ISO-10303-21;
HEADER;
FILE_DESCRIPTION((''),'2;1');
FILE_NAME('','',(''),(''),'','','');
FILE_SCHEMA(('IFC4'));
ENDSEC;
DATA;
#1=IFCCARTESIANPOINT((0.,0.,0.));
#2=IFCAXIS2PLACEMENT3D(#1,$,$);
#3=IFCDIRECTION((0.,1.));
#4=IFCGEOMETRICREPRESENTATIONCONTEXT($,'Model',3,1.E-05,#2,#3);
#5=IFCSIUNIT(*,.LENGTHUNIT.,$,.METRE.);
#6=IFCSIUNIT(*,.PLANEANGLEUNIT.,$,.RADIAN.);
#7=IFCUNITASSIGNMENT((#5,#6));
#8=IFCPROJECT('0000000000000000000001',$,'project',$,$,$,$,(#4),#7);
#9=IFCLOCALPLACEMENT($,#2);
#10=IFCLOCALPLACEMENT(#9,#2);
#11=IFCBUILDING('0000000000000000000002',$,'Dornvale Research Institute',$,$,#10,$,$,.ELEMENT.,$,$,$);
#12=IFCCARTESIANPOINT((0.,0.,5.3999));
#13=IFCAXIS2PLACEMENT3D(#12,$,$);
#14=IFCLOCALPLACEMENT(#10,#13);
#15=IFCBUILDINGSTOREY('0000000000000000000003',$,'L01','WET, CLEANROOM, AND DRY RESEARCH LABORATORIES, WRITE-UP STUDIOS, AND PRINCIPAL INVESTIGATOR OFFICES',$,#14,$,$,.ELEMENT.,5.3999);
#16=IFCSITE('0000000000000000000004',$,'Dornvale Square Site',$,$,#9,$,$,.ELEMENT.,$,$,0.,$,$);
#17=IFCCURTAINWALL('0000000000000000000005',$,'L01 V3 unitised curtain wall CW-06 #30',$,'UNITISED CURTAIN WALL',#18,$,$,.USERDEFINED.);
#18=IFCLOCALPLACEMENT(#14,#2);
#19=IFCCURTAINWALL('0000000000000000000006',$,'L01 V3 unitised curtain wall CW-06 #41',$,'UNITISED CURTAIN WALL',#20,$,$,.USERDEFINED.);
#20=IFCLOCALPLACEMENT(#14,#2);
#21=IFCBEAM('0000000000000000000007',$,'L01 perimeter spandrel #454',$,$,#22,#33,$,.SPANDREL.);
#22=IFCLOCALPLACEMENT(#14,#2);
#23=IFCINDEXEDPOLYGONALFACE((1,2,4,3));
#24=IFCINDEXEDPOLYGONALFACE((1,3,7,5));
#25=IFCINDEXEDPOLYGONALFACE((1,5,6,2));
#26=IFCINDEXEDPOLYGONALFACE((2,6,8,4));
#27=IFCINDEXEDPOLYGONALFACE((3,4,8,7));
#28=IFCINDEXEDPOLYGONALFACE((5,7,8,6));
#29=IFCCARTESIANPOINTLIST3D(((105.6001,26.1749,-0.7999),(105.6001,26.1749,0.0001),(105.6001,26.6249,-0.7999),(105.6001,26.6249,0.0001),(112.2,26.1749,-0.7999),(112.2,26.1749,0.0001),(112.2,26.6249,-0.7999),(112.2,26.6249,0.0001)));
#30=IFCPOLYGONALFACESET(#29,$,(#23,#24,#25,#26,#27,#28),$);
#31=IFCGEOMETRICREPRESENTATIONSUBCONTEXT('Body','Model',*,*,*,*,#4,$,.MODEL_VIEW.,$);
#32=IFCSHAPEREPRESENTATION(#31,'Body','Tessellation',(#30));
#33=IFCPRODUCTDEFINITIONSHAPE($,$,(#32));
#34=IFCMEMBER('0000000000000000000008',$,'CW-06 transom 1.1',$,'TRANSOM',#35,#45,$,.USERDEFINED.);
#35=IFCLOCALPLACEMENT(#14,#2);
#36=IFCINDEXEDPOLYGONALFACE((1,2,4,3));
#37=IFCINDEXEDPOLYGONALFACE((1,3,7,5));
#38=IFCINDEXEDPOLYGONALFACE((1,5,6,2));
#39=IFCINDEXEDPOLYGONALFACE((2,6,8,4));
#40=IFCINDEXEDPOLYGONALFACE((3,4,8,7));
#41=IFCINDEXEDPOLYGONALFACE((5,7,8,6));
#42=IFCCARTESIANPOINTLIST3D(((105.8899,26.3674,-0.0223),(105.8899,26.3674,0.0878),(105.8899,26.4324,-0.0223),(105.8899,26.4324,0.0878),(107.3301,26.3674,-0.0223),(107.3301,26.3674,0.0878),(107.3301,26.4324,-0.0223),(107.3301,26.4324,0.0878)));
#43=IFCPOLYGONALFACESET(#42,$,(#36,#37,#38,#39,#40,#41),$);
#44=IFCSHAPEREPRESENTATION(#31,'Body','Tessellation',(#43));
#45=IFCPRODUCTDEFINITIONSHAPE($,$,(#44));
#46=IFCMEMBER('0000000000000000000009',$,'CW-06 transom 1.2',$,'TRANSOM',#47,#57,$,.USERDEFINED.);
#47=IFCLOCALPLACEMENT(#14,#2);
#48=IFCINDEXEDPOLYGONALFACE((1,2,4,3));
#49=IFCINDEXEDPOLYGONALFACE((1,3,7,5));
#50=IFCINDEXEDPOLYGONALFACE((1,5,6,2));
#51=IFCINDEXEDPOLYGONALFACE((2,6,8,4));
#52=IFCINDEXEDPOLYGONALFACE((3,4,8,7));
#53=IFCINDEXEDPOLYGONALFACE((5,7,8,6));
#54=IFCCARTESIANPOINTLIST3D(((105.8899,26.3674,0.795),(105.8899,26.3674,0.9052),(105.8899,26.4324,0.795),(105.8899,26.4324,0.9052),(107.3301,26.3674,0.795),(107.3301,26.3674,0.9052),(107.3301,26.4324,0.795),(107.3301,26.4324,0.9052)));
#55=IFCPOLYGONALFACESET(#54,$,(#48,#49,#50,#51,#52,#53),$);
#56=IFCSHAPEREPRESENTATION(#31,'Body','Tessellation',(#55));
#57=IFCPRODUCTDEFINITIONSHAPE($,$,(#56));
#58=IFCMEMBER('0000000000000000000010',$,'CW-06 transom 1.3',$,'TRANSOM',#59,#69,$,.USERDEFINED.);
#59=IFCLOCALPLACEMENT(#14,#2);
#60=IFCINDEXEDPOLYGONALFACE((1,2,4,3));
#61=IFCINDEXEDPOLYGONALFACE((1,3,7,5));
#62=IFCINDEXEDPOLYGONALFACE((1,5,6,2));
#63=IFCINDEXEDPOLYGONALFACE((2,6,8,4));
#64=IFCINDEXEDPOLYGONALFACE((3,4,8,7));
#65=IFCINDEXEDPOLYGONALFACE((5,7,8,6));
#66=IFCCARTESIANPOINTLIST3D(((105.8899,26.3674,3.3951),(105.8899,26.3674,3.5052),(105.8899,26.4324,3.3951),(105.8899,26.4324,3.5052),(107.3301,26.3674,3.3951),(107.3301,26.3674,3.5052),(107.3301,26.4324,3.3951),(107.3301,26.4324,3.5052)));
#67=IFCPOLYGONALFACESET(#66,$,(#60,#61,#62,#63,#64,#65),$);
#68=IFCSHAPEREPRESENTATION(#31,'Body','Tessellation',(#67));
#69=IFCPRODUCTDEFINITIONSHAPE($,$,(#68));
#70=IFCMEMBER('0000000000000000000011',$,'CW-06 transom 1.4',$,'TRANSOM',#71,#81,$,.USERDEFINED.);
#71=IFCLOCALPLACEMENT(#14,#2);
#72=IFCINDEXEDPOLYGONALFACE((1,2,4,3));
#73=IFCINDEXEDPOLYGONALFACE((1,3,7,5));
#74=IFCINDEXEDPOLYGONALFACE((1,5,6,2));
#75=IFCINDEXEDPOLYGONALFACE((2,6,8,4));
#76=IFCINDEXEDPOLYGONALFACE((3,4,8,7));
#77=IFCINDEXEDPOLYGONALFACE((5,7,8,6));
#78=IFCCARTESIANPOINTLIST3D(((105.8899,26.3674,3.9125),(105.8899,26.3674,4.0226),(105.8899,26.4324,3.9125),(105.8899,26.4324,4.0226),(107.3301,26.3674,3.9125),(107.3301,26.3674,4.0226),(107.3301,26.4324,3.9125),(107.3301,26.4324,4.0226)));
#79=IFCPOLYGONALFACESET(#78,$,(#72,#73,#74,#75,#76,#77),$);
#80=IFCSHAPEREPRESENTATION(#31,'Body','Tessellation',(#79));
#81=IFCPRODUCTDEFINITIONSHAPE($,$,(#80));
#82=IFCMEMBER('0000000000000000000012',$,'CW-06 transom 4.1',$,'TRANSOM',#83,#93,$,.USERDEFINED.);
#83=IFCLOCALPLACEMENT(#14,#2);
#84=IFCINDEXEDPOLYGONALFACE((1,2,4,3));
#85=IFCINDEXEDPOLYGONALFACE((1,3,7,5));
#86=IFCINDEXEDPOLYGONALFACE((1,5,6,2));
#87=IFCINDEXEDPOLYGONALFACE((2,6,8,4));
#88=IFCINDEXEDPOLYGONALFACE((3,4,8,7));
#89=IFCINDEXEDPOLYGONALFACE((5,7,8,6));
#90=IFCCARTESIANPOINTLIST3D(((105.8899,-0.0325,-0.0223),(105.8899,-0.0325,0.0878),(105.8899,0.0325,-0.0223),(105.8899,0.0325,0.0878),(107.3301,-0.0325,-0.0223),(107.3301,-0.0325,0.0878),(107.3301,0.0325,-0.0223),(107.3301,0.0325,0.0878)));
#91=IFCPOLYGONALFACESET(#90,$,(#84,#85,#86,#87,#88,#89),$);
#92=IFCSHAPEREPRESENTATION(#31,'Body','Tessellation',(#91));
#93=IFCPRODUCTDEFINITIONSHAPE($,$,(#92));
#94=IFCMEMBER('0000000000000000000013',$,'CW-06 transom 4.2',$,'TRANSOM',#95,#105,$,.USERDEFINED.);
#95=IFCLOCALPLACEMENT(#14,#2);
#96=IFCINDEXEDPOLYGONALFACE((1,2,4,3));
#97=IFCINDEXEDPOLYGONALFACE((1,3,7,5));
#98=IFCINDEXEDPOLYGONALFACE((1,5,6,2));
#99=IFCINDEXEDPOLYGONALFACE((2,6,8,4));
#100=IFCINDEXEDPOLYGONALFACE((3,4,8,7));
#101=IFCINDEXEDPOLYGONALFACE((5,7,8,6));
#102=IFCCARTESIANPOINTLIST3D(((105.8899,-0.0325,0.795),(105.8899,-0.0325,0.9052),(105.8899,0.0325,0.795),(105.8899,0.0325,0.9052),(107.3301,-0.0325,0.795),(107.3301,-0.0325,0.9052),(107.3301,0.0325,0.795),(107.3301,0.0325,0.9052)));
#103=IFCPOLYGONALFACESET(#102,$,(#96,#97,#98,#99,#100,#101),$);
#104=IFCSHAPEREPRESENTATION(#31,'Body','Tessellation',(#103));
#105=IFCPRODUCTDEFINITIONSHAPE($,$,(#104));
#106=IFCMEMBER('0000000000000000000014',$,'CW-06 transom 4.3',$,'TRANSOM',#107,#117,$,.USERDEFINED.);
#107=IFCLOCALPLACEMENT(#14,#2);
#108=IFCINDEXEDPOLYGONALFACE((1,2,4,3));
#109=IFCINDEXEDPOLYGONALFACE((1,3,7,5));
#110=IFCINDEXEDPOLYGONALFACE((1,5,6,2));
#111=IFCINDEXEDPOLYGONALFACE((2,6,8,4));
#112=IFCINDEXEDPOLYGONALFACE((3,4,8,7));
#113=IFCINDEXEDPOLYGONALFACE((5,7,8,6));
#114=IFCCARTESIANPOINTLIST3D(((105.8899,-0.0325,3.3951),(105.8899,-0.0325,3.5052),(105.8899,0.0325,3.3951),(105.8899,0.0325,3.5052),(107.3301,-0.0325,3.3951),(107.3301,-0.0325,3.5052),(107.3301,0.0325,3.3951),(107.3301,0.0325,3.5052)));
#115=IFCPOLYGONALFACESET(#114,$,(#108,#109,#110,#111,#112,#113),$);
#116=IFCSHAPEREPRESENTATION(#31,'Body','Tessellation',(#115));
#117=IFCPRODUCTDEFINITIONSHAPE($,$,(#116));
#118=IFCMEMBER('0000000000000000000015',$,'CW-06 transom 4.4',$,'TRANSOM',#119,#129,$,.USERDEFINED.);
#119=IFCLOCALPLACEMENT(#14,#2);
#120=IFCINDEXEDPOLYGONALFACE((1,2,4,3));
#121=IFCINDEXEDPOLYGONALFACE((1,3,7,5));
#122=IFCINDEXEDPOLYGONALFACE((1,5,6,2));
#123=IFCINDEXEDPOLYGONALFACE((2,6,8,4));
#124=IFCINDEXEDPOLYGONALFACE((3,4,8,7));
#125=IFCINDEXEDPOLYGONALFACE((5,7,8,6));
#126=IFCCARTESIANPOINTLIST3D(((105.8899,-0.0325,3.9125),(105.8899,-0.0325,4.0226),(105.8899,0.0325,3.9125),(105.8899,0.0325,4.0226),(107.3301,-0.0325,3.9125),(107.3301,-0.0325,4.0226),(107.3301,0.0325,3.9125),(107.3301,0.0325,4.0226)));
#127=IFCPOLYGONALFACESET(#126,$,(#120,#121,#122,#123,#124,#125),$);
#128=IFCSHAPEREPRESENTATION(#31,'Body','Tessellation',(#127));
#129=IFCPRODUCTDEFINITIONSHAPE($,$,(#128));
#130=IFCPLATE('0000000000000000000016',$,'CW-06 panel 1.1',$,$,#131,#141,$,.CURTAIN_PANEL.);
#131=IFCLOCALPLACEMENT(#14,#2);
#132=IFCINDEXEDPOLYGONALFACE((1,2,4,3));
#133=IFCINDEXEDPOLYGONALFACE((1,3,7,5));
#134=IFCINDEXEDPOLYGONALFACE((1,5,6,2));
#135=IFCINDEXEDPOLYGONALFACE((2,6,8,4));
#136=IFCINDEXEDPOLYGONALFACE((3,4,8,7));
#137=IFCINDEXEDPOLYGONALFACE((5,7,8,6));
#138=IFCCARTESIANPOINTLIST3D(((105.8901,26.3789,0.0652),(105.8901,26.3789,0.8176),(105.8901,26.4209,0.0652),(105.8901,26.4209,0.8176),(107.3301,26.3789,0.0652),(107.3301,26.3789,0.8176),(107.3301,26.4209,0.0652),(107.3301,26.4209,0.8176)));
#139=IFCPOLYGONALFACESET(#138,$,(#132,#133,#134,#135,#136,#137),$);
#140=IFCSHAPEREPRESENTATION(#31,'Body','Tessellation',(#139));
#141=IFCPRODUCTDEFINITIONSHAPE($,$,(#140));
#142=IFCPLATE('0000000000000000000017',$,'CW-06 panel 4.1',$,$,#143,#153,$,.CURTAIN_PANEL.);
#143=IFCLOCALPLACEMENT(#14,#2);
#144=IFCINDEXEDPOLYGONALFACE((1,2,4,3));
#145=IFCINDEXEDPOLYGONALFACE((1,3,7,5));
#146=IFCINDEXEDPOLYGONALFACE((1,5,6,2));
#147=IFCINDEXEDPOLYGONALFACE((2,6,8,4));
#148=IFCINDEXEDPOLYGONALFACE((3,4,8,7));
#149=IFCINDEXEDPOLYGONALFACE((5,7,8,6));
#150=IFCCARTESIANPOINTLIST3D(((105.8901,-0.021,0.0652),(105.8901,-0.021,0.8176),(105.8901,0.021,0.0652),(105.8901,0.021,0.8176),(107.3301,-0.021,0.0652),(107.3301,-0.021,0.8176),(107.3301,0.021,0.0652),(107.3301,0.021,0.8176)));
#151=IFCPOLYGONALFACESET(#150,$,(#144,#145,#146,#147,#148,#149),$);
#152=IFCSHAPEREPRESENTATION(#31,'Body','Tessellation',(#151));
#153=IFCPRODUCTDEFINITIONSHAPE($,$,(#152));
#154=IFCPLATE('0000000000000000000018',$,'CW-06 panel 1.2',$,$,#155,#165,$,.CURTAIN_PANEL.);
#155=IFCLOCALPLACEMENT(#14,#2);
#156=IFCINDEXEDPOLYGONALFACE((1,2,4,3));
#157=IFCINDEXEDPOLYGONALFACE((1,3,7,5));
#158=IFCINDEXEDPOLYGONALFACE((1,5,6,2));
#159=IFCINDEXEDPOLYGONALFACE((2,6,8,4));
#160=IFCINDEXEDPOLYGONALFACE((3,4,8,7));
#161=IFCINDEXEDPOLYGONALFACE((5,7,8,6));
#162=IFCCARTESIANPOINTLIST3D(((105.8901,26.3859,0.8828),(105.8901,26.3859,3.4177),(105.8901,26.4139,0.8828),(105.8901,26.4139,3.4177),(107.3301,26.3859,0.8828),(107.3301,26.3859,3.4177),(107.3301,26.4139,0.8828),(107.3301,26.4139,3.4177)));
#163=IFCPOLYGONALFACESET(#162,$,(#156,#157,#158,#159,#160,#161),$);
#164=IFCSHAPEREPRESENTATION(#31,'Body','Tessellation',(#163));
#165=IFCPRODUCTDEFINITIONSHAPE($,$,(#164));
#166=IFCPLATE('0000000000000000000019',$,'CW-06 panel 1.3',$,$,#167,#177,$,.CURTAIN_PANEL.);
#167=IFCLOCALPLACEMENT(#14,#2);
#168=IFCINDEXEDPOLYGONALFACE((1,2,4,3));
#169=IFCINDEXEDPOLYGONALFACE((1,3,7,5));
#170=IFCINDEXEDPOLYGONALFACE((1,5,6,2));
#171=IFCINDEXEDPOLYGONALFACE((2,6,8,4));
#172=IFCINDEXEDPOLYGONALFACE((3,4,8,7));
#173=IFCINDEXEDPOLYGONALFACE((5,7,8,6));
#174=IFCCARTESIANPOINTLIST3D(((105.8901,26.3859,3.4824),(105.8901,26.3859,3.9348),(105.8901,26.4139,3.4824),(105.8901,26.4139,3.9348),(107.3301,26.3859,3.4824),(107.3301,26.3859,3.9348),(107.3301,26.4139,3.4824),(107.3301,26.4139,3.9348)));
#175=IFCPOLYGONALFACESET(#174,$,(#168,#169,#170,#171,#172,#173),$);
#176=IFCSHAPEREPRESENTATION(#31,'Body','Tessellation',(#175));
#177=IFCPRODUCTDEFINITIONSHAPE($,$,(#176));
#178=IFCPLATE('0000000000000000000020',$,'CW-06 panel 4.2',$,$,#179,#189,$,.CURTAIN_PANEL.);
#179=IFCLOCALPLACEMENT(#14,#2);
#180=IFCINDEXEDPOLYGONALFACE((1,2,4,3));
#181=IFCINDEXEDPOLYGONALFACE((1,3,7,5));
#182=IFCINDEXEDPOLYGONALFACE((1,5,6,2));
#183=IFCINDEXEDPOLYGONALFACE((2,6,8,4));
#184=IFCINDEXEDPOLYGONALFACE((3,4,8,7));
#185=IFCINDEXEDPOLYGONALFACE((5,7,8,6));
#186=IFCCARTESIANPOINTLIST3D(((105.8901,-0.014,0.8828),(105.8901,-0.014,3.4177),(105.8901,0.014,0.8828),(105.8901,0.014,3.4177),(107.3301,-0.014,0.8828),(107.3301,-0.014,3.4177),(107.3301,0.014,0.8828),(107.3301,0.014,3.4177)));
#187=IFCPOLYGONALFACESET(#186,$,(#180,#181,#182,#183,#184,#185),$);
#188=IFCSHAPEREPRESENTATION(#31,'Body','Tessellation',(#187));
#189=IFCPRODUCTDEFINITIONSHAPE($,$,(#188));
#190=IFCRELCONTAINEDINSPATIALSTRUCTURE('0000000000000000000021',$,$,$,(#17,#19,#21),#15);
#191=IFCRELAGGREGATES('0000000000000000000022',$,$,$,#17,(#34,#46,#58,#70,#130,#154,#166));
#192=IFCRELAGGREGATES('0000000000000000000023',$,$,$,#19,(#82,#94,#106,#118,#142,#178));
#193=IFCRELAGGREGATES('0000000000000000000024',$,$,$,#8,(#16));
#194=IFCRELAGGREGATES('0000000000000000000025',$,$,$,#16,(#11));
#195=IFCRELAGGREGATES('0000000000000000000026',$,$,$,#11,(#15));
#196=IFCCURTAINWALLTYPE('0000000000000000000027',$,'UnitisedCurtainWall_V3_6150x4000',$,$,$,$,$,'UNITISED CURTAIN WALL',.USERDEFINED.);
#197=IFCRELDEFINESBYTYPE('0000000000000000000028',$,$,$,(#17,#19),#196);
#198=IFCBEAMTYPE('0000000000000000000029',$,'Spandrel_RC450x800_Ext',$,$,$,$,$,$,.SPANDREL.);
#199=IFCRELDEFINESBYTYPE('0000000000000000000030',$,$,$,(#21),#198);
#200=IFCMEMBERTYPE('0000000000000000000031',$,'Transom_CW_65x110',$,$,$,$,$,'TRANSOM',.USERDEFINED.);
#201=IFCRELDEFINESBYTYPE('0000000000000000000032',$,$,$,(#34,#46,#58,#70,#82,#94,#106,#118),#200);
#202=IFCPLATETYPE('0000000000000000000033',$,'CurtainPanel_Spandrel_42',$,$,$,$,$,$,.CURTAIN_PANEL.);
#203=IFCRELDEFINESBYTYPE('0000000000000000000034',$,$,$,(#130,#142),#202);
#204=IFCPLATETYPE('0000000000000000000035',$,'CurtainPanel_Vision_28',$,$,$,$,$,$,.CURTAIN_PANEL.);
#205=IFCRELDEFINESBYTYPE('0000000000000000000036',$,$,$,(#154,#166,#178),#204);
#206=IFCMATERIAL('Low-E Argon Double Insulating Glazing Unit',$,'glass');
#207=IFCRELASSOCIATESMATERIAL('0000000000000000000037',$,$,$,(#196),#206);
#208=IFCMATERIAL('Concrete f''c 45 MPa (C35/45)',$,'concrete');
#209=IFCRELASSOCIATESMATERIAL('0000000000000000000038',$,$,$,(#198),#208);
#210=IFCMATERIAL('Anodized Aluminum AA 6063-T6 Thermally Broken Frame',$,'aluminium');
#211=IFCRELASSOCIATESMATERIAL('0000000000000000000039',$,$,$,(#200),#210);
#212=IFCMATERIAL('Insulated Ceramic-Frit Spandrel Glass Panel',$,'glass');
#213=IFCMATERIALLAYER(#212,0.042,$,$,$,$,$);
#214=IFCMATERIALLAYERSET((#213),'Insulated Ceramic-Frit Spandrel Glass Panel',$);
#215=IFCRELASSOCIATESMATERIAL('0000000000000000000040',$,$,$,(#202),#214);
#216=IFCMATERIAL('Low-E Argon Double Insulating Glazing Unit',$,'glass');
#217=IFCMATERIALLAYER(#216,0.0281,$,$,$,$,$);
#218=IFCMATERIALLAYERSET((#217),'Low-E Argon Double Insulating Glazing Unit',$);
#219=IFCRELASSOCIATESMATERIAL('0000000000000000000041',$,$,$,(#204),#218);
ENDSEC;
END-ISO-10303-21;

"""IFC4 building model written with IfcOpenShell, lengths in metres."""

from ifc_helpers import new_model, si_unit, direction, frame, origin, origin_2d, place, context, subcontext, project, spatial, rectangle, extrude, material, layer, layer_set, material_profile, profile_set, type_object, element, aggregate, save


model = new_model("IFC4")

# Units and contexts
model_context = context("Model", 3, precision=1e-05, world=origin(), true_north=direction((0.0, 1.0)))
body_context = subcontext(model_context, "Body", "Model", "MODEL_VIEW")
ifc_project = project(units=[si_unit("LENGTHUNIT", "METRE"), si_unit("PLANEANGLEUNIT", "RADIAN")], contexts=[model_context])

# Site, building, storey
site_placement = place(None, origin())
site = spatial("IfcSite", under=ifc_project, at=site_placement, Name="Dornvale Square Site", CompositionType="ELEMENT", RefElevation=0.0)
building_placement = place(site_placement, origin())
building = spatial("IfcBuilding", under=site, at=building_placement, Name="Dornvale Research Institute", CompositionType="ELEMENT")
storey_placement = place(building_placement, frame((0.0, 0.0, 5.3999)))
storey = spatial("IfcBuildingStorey", under=building, at=storey_placement, Name="L01", Description="WET, CLEANROOM, AND DRY RESEARCH LABORATORIES, WRITE-UP STUDIOS, AND PRINCIPAL INVESTIGATOR OFFICES", CompositionType="ELEMENT", Elevation=5.3999)

# Curtain walls
ifc_material_1 = material(Name="Low-E Argon Double Insulating Glazing Unit", Category="glass")
curtain_wall_type = type_object("IfcCurtainWallType", Name="UnitisedCurtainWall_V3_6150x4000", ElementType="UNITISED CURTAIN WALL", PredefinedType="USERDEFINED", material=ifc_material_1)
curtain_wall_1_placement = place(storey_placement, origin())
curtain_wall_1 = element("IfcCurtainWall", 1, at=curtain_wall_1_placement, inside=storey, type_object=curtain_wall_type, Name="L01 V3 unitised curtain wall CW-06 #30", ObjectType="UNITISED CURTAIN WALL", PredefinedType="USERDEFINED")
curtain_wall_2_placement = place(storey_placement, origin())
curtain_wall_2 = element("IfcCurtainWall", 2, at=curtain_wall_2_placement, inside=storey, type_object=curtain_wall_type, Name="L01 V3 unitised curtain wall CW-06 #41", ObjectType="UNITISED CURTAIN WALL", PredefinedType="USERDEFINED")

# Beam
ifc_material_2 = material(Name="Concrete f'c 45 MPa (C35/45)", Category="concrete")
ifc_material_profile_1 = material_profile(ifc_material_2, rectangle(XDim=0.45, YDim=0.8, at=origin_2d()), Name="RC 450x800")
ifc_profile_set_1 = profile_set([ifc_material_profile_1], Name="Concrete f'c 45 MPa (C35/45)")
beam_type_1 = type_object("IfcBeamType", Name="Spandrel_RC450x800_Ext", PredefinedType="SPANDREL", material=ifc_profile_set_1)
for number, where, z_axis, x_axis, name in (
    (3, (105.6001, 26.3999, -0.3999), (1.0, 0.0, 0.0), (0.0, 1.0, 0.0), "L01 perimeter spandrel #454"),
):
    element("IfcBeam", number, at=place(storey_placement, frame(where, z_axis=z_axis, x_axis=x_axis)), inside=storey, type_object=beam_type_1, Name=name, PredefinedType="SPANDREL", context=body_context, shape_type="SweptSolid", body=[
        extrude(rectangle(XDim=0.45, YDim=0.8, at=origin_2d()), origin(), (0.0, 0.0, 1.0), 6.5999),
    ])

# Members
ifc_material_3 = material(Name="Anodized Aluminum AA 6063-T6 Thermally Broken Frame", Category="aluminium")
ifc_material_profile_2 = material_profile(ifc_material_3, rectangle(XDim=0.0649, YDim=0.1101, at=origin_2d()), Name="ALU TRANSOM 65x110")
ifc_profile_set_2 = profile_set([ifc_material_profile_2], Name="Anodized Aluminum AA 6063-T6 Thermally Broken Frame")
member_type_1 = type_object("IfcMemberType", Name="Transom_CW_65x110", ElementType="TRANSOM", PredefinedType="USERDEFINED", material=ifc_profile_set_2)
member_1_placement = place(storey_placement, frame((105.8899, 26.3999, 0.0327), z_axis=(1.0, 0.0, 0.0), x_axis=(0.0, 1.0, 0.0)))
member_1 = element("IfcMember", 4, at=member_1_placement, type_object=member_type_1, Name="CW-06 transom 1.1", ObjectType="TRANSOM", PredefinedType="USERDEFINED", context=body_context, shape_type="SweptSolid", body=[
    extrude(rectangle(XDim=0.0649, YDim=0.1101, at=origin_2d()), origin(), (0.0, 0.0, 1.0), 1.4402),
])
member_2_placement = place(storey_placement, frame((105.8899, 26.3999, 0.8501), z_axis=(1.0, 0.0, 0.0), x_axis=(0.0, 1.0, 0.0)))
member_2 = element("IfcMember", 5, at=member_2_placement, type_object=member_type_1, Name="CW-06 transom 1.2", ObjectType="TRANSOM", PredefinedType="USERDEFINED", context=body_context, shape_type="SweptSolid", body=[
    extrude(rectangle(XDim=0.0649, YDim=0.1101, at=origin_2d()), origin(), (0.0, 0.0, 1.0), 1.4402),
])
member_3_placement = place(storey_placement, frame((105.8899, 26.3999, 3.4502), z_axis=(1.0, 0.0, 0.0), x_axis=(0.0, 1.0, 0.0)))
member_3 = element("IfcMember", 6, at=member_3_placement, type_object=member_type_1, Name="CW-06 transom 1.3", ObjectType="TRANSOM", PredefinedType="USERDEFINED", context=body_context, shape_type="SweptSolid", body=[
    extrude(rectangle(XDim=0.0649, YDim=0.1101, at=origin_2d()), origin(), (0.0, 0.0, 1.0), 1.4402),
])
member_4_placement = place(storey_placement, frame((105.8899, 26.3999, 3.9675), z_axis=(1.0, 0.0, 0.0), x_axis=(0.0, 1.0, 0.0)))
member_4 = element("IfcMember", 7, at=member_4_placement, type_object=member_type_1, Name="CW-06 transom 1.4", ObjectType="TRANSOM", PredefinedType="USERDEFINED", context=body_context, shape_type="SweptSolid", body=[
    extrude(rectangle(XDim=0.0649, YDim=0.1101, at=origin_2d()), origin(), (0.0, 0.0, 1.0), 1.4402),
])
member_5_placement = place(storey_placement, frame((107.3301, 0.0, 0.0327), z_axis=(-1.0, 0.0, 0.0), x_axis=(0.0, -1.0, 0.0)))
member_5 = element("IfcMember", 8, at=member_5_placement, type_object=member_type_1, Name="CW-06 transom 4.1", ObjectType="TRANSOM", PredefinedType="USERDEFINED", context=body_context, shape_type="SweptSolid", body=[
    extrude(rectangle(XDim=0.0649, YDim=0.1101, at=origin_2d()), origin(), (0.0, 0.0, 1.0), 1.4402),
])
member_6_placement = place(storey_placement, frame((107.3301, 0.0, 0.8501), z_axis=(-1.0, 0.0, 0.0), x_axis=(0.0, -1.0, 0.0)))
member_6 = element("IfcMember", 9, at=member_6_placement, type_object=member_type_1, Name="CW-06 transom 4.2", ObjectType="TRANSOM", PredefinedType="USERDEFINED", context=body_context, shape_type="SweptSolid", body=[
    extrude(rectangle(XDim=0.0649, YDim=0.1101, at=origin_2d()), origin(), (0.0, 0.0, 1.0), 1.4402),
])
member_7_placement = place(storey_placement, frame((107.3301, 0.0, 3.4502), z_axis=(-1.0, 0.0, 0.0), x_axis=(0.0, -1.0, 0.0)))
member_7 = element("IfcMember", 10, at=member_7_placement, type_object=member_type_1, Name="CW-06 transom 4.3", ObjectType="TRANSOM", PredefinedType="USERDEFINED", context=body_context, shape_type="SweptSolid", body=[
    extrude(rectangle(XDim=0.0649, YDim=0.1101, at=origin_2d()), origin(), (0.0, 0.0, 1.0), 1.4402),
])
member_8_placement = place(storey_placement, frame((107.3301, 0.0, 3.9675), z_axis=(-1.0, 0.0, 0.0), x_axis=(0.0, -1.0, 0.0)))
member_8 = element("IfcMember", 11, at=member_8_placement, type_object=member_type_1, Name="CW-06 transom 4.4", ObjectType="TRANSOM", PredefinedType="USERDEFINED", context=body_context, shape_type="SweptSolid", body=[
    extrude(rectangle(XDim=0.0649, YDim=0.1101, at=origin_2d()), origin(), (0.0, 0.0, 1.0), 1.4402),
])

# Plates
ifc_material_4 = material(Name="Insulated Ceramic-Frit Spandrel Glass Panel", Category="glass")
ifc_layer_1 = layer(ifc_material_4, 0.042)
ifc_layer_set_1 = layer_set([ifc_layer_1], Name="Insulated Ceramic-Frit Spandrel Glass Panel")
plate_type_1 = type_object("IfcPlateType", Name="CurtainPanel_Spandrel_42", PredefinedType="CURTAIN_PANEL", material=ifc_layer_set_1)
plate_1_placement = place(storey_placement, frame((106.6101, 26.3999, 0.0652), z_axis=(0.0, 0.0, 1.0), x_axis=(1.0, 0.0, 0.0)))
plate_1 = element("IfcPlate", 12, at=plate_1_placement, type_object=plate_type_1, Name="CW-06 panel 1.1", PredefinedType="CURTAIN_PANEL", context=body_context, shape_type="SweptSolid", body=[
    extrude(rectangle(XDim=1.4399, YDim=0.042, at=origin_2d()), origin(), (0.0, 0.0, 1.0), 0.7524),
])
plate_2_placement = place(storey_placement, frame((106.6101, 0.0, 0.0652), z_axis=(0.0, 0.0, 1.0), x_axis=(-1.0, 0.0, 0.0)))
plate_2 = element("IfcPlate", 13, at=plate_2_placement, type_object=plate_type_1, Name="CW-06 panel 4.1", PredefinedType="CURTAIN_PANEL", context=body_context, shape_type="SweptSolid", body=[
    extrude(rectangle(XDim=1.4399, YDim=0.042, at=origin_2d()), origin(), (0.0, 0.0, 1.0), 0.7524),
])
ifc_material_5 = material(Name="Low-E Argon Double Insulating Glazing Unit", Category="glass")
ifc_layer_2 = layer(ifc_material_5, 0.0281)
ifc_layer_set_2 = layer_set([ifc_layer_2], Name="Low-E Argon Double Insulating Glazing Unit")
plate_type_2 = type_object("IfcPlateType", Name="CurtainPanel_Vision_28", PredefinedType="CURTAIN_PANEL", material=ifc_layer_set_2)
plate_3_placement = place(storey_placement, frame((106.6101, 26.3999, 0.8828), z_axis=(0.0, 0.0, 1.0), x_axis=(1.0, 0.0, 0.0)))
plate_3 = element("IfcPlate", 14, at=plate_3_placement, type_object=plate_type_2, Name="CW-06 panel 1.2", PredefinedType="CURTAIN_PANEL", context=body_context, shape_type="SweptSolid", body=[
    extrude(rectangle(XDim=1.4399, YDim=0.0281, at=origin_2d()), origin(), (0.0, 0.0, 1.0), 2.5349),
])
plate_4_placement = place(storey_placement, frame((106.6101, 26.3999, 3.4824), z_axis=(0.0, 0.0, 1.0), x_axis=(1.0, 0.0, 0.0)))
plate_4 = element("IfcPlate", 15, at=plate_4_placement, type_object=plate_type_2, Name="CW-06 panel 1.3", PredefinedType="CURTAIN_PANEL", context=body_context, shape_type="SweptSolid", body=[
    extrude(rectangle(XDim=1.4399, YDim=0.0281, at=origin_2d()), origin(), (0.0, 0.0, 1.0), 0.4524),
])
aggregate(curtain_wall_1, [member_1, member_2, member_3, member_4, plate_1, plate_3, plate_4])
plate_5_placement = place(storey_placement, frame((106.6101, 0.0, 0.8828), z_axis=(0.0, 0.0, 1.0), x_axis=(-1.0, 0.0, 0.0)))
plate_5 = element("IfcPlate", 16, at=plate_5_placement, type_object=plate_type_2, Name="CW-06 panel 4.2", PredefinedType="CURTAIN_PANEL", context=body_context, shape_type="SweptSolid", body=[
    extrude(rectangle(XDim=1.4399, YDim=0.0281, at=origin_2d()), origin(), (0.0, 0.0, 1.0), 2.5349),
])
aggregate(curtain_wall_2, [member_5, member_6, member_7, member_8, plate_2, plate_5])

save(model, "model.ifc")
